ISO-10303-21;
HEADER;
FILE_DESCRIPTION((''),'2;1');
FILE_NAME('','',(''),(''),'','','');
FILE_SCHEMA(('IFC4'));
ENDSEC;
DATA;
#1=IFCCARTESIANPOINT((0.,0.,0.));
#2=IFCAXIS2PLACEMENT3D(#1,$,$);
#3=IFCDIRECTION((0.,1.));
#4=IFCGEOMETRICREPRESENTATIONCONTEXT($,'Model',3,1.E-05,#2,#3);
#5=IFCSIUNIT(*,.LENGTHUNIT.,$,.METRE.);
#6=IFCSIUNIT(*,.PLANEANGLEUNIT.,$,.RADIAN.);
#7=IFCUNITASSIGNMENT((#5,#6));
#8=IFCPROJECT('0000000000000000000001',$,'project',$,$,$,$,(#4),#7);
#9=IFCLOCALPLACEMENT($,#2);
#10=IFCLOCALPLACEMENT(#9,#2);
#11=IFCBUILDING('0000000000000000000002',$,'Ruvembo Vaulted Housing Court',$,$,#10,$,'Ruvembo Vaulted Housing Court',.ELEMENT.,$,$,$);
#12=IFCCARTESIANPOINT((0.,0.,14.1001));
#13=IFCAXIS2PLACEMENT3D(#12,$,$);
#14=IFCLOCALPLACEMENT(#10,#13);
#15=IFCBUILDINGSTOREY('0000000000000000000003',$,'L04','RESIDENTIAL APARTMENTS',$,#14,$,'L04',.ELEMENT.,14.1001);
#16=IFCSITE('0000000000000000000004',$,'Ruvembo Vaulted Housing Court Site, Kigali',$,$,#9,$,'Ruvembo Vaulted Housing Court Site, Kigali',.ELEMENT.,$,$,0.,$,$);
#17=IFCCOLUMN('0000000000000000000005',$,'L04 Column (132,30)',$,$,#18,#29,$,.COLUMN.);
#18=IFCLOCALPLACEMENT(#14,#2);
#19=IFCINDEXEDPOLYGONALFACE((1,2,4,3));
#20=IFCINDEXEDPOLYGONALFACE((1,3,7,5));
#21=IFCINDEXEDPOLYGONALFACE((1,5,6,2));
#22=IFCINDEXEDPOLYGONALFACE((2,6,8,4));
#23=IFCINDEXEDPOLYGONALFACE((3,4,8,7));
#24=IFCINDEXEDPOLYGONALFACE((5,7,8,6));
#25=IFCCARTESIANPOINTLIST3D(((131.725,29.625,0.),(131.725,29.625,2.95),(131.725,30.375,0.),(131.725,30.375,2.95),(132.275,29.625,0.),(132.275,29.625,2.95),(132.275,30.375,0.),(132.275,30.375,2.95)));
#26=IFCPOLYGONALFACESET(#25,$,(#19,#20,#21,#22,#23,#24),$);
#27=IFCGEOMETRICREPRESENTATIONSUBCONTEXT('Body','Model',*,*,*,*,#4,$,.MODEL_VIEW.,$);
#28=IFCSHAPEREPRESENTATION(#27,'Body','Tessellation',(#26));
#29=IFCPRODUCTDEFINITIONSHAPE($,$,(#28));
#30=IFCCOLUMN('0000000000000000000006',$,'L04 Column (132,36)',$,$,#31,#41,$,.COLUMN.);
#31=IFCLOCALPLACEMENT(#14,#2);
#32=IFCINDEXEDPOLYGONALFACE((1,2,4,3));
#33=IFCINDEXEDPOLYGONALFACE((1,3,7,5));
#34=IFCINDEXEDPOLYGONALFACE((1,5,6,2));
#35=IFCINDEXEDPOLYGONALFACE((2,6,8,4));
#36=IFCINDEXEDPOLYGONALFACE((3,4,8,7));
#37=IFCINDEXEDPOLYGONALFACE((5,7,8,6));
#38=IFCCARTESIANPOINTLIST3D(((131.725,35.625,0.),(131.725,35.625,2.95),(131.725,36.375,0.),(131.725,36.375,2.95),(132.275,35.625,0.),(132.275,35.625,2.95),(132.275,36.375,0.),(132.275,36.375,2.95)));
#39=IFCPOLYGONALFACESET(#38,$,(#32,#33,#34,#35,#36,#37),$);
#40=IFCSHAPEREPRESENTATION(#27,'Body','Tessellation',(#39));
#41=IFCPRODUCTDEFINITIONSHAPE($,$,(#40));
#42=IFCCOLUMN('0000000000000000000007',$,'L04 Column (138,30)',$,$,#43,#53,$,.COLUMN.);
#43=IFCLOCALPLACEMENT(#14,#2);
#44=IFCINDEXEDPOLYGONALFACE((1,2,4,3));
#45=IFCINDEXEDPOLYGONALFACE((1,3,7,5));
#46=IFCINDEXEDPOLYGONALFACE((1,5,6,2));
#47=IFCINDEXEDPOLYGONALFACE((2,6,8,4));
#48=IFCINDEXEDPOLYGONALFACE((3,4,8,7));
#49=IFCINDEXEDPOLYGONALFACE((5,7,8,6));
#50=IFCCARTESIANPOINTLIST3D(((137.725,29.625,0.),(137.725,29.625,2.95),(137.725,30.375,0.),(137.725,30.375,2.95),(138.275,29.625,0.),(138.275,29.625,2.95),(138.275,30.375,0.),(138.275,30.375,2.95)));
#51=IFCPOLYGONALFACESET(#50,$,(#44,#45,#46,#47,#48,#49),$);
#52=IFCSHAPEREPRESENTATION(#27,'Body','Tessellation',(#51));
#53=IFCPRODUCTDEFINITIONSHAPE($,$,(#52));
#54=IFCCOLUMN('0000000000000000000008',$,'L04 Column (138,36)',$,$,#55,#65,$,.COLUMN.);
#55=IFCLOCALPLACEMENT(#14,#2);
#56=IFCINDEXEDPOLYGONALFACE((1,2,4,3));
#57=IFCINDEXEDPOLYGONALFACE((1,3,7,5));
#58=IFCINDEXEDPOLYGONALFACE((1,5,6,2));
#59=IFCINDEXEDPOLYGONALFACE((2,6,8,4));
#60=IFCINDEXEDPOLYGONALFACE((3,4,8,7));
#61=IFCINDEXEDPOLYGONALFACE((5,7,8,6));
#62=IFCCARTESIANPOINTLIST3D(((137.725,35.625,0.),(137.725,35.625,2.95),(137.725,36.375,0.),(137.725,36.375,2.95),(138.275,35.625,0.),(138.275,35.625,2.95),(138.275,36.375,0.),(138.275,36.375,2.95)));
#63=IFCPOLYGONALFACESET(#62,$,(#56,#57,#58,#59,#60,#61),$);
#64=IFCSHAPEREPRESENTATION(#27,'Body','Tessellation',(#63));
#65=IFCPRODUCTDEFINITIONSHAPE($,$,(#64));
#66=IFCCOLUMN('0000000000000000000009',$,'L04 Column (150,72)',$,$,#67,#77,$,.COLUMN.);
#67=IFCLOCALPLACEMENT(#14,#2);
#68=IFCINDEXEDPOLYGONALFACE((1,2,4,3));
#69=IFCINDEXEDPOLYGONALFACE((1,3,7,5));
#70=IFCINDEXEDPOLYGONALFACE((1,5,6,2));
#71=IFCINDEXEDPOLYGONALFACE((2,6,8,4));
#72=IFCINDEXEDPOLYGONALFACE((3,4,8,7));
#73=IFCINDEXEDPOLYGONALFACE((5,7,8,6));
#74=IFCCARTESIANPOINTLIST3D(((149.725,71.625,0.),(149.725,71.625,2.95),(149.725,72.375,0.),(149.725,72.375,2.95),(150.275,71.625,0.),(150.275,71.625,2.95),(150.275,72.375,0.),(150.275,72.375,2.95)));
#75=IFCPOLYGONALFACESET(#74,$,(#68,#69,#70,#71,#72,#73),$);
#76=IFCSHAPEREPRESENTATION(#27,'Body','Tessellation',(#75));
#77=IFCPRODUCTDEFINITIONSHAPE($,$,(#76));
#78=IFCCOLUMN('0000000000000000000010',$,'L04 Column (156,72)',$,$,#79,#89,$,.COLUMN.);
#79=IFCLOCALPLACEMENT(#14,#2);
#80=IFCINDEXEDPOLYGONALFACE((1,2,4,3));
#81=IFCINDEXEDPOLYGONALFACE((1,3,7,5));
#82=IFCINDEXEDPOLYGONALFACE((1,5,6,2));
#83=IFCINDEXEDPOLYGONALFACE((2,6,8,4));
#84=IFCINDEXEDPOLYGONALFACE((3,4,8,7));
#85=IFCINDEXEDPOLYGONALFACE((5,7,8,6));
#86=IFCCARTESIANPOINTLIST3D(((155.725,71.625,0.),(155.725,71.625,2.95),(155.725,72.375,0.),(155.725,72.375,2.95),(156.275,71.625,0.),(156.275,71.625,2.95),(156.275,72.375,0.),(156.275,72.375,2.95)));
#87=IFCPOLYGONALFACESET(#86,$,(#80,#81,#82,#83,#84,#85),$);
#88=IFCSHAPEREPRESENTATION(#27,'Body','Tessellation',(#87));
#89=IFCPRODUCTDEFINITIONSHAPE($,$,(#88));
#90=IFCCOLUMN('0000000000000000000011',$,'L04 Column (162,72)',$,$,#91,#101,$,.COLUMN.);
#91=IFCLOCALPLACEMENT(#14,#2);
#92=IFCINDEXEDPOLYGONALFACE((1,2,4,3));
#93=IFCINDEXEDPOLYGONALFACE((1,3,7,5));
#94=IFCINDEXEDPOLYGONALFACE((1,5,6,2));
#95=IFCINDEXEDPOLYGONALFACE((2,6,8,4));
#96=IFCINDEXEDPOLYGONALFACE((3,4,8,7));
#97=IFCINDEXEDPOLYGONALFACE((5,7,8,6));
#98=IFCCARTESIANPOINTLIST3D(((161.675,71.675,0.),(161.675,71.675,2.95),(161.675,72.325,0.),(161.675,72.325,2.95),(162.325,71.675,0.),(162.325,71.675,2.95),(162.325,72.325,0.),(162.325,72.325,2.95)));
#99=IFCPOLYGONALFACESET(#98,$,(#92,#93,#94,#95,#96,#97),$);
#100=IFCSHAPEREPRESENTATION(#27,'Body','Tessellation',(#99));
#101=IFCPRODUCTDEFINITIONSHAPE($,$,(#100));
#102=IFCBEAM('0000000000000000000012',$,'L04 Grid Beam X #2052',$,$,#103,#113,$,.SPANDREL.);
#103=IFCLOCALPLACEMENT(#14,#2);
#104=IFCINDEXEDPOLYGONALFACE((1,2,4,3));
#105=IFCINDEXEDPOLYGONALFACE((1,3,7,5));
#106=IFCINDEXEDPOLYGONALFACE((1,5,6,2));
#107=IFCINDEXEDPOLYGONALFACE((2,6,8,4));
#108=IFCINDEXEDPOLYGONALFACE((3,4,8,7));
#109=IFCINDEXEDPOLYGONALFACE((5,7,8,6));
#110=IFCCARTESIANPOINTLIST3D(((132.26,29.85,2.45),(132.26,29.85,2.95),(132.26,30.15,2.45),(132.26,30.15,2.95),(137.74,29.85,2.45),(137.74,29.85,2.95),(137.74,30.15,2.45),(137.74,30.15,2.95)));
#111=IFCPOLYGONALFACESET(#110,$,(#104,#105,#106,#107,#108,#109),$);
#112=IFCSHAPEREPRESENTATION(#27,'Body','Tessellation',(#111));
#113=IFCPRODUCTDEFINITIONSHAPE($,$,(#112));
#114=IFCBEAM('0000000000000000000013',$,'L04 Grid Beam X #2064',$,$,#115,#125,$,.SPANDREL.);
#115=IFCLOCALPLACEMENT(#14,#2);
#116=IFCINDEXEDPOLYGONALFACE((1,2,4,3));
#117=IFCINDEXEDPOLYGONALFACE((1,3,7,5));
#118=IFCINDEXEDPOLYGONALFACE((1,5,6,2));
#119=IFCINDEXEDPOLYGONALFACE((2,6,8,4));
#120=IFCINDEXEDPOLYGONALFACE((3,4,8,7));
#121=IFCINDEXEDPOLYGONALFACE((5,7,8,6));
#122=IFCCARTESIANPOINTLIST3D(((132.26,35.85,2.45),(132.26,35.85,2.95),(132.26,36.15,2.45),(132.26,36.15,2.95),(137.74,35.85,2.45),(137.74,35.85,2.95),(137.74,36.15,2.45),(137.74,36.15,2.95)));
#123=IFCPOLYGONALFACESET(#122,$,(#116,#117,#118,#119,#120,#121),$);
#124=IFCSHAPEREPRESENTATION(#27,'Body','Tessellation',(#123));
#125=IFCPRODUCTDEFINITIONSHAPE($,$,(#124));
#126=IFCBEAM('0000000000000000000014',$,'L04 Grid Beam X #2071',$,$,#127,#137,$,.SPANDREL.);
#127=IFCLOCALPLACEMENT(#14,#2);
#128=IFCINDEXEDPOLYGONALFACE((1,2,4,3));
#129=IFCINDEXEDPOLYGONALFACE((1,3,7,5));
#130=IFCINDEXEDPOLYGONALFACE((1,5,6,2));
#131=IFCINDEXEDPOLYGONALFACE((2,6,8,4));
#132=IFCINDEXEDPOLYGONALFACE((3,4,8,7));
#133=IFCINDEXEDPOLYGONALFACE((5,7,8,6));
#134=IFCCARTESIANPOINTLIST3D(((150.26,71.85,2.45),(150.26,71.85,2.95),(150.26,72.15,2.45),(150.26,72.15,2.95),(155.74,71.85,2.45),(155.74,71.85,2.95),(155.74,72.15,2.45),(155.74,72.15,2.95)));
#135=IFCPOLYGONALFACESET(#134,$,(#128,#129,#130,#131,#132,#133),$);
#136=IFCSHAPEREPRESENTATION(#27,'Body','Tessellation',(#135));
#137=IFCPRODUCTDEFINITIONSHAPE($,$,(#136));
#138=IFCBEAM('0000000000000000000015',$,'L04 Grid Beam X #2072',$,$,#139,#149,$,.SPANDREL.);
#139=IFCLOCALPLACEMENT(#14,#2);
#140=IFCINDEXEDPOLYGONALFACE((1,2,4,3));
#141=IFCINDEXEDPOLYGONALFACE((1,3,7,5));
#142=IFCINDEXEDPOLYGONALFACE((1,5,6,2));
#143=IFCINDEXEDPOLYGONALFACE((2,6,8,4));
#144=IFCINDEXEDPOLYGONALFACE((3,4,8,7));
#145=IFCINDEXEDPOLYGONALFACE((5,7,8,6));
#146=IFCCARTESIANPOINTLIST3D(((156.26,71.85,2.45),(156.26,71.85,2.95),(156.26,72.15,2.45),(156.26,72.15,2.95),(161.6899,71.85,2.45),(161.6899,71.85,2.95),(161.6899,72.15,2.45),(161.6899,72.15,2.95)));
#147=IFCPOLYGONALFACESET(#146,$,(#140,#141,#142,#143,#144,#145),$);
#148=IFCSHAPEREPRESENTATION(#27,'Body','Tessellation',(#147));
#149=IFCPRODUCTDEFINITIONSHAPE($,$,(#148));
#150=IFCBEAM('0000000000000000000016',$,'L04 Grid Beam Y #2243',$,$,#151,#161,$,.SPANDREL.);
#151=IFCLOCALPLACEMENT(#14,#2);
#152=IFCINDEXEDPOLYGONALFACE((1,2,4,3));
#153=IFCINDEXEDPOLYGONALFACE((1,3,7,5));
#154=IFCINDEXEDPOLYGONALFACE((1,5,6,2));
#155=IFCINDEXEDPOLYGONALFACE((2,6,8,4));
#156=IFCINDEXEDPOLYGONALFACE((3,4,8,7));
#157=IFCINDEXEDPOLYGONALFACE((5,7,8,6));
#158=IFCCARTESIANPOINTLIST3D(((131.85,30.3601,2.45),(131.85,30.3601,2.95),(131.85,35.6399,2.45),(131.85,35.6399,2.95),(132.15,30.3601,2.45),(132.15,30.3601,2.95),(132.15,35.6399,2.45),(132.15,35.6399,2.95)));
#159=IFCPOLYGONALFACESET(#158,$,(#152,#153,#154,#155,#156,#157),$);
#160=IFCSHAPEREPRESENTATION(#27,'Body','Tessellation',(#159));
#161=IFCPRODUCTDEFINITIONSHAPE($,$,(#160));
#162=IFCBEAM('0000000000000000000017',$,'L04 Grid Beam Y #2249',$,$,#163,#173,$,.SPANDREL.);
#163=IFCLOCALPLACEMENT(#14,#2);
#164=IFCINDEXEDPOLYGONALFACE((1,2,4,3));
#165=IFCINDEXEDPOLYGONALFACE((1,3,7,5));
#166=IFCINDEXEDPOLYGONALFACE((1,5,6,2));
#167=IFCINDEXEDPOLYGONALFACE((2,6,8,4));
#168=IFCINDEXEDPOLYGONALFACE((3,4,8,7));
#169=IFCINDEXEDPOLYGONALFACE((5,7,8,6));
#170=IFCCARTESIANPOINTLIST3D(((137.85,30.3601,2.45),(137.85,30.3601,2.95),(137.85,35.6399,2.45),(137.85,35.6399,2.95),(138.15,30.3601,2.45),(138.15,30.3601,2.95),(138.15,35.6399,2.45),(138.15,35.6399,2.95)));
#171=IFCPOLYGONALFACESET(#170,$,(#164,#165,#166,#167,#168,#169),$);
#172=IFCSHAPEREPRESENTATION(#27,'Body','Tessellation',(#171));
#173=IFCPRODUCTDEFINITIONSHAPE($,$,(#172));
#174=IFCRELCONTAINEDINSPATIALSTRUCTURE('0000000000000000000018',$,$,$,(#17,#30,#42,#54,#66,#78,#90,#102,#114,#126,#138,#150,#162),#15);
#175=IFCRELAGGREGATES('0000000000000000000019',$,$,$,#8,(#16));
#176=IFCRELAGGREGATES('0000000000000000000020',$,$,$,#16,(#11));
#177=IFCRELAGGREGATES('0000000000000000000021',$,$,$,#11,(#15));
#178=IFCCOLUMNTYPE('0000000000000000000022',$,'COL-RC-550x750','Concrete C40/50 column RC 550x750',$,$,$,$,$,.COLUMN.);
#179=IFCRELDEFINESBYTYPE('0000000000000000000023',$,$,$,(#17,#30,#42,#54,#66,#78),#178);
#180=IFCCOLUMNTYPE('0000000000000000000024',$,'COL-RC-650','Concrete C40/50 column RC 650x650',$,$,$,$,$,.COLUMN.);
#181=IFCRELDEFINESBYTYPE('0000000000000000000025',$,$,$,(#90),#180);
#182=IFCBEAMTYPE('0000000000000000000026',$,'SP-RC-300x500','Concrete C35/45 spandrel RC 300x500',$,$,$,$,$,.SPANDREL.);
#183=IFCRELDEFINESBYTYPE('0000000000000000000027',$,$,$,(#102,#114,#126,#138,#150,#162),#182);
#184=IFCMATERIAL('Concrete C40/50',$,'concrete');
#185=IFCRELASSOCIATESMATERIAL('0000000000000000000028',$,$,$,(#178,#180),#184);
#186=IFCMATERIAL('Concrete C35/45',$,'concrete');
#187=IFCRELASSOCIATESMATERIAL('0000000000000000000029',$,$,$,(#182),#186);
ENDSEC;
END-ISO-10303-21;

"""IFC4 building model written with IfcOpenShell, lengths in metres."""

from ifc_helpers import new_model, si_unit, direction, frame, origin, origin_2d, place, context, subcontext, project, spatial, rectangle, extrude, material, material_profile, profile_set, type_object, element, save


model = new_model("IFC4")

# Units and contexts
model_context = context("Model", 3, precision=1e-05, world=origin(), true_north=direction((0.0, 1.0)))
body_context = subcontext(model_context, "Body", "Model", "MODEL_VIEW")
ifc_project = project(units=[si_unit("LENGTHUNIT", "METRE"), si_unit("PLANEANGLEUNIT", "RADIAN")], contexts=[model_context])

# Site, building, storey
site_placement = place(None, origin())
site = spatial("IfcSite", under=ifc_project, at=site_placement, Name="Ruvembo Vaulted Housing Court Site, Kigali", LongName="Ruvembo Vaulted Housing Court Site, Kigali", CompositionType="ELEMENT", RefElevation=0.0)
building_placement = place(site_placement, origin())
building = spatial("IfcBuilding", under=site, at=building_placement, Name="Ruvembo Vaulted Housing Court", LongName="Ruvembo Vaulted Housing Court", CompositionType="ELEMENT")
storey_placement = place(building_placement, frame((0.0, 0.0, 14.1001)))
storey = spatial("IfcBuildingStorey", under=building, at=storey_placement, Name="L04", Description="RESIDENTIAL APARTMENTS", LongName="L04", CompositionType="ELEMENT", Elevation=14.1001)

# Columns
ifc_material_1 = material(Name="Concrete C40/50", Category="concrete")
ifc_material_profile_1 = material_profile(ifc_material_1, rectangle(XDim=0.55, YDim=0.75, at=origin_2d()), Name="RC 550x750")
ifc_profile_set_1 = profile_set([ifc_material_profile_1], Name="Concrete C40/50")
column_type_1 = type_object("IfcColumnType", Name="COL-RC-550x750", Description="Concrete C40/50 column RC 550x750", PredefinedType="COLUMN", material=ifc_profile_set_1)
for number, where, z_axis, x_axis, name in (
    (1, (132.0, 30.0, 0.0), (0.0, 0.0, 1.0), (1.0, 0.0, 0.0), "L04 Column (132,30)"),
    (2, (132.0, 36.0, 0.0), (0.0, 0.0, 1.0), (1.0, 0.0, 0.0), "L04 Column (132,36)"),
    (3, (138.0, 30.0, 0.0), (0.0, 0.0, 1.0), (1.0, 0.0, 0.0), "L04 Column (138,30)"),
    (4, (138.0, 36.0, 0.0), (0.0, 0.0, 1.0), (1.0, 0.0, 0.0), "L04 Column (138,36)"),
    (5, (150.0, 72.0, 0.0), (0.0, 0.0, 1.0), (1.0, 0.0, 0.0), "L04 Column (150,72)"),
    (6, (156.0, 72.0, 0.0), (0.0, 0.0, 1.0), (1.0, 0.0, 0.0), "L04 Column (156,72)"),
):
    element("IfcColumn", number, at=place(storey_placement, frame(where, z_axis=z_axis, x_axis=x_axis)), inside=storey, type_object=column_type_1, Name=name, PredefinedType="COLUMN", context=body_context, shape_type="SweptSolid", body=[
        extrude(rectangle(XDim=0.55, YDim=0.75, at=origin_2d()), origin(), (0.0, 0.0, 1.0), 2.95),
    ])
ifc_material_profile_2 = material_profile(ifc_material_1, rectangle(XDim=0.6499, YDim=0.6499, at=origin_2d()), Name="RC 650x650")
ifc_profile_set_2 = profile_set([ifc_material_profile_2], Name="Concrete C40/50")
column_type_2 = type_object("IfcColumnType", Name="COL-RC-650", Description="Concrete C40/50 column RC 650x650", PredefinedType="COLUMN", material=ifc_profile_set_2)
column_placement = place(storey_placement, frame((162.0, 72.0, 0.0), z_axis=(0.0, 0.0, 1.0), x_axis=(1.0, 0.0, 0.0)))
element("IfcColumn", 7, at=column_placement, inside=storey, type_object=column_type_2, Name="L04 Column (162,72)", PredefinedType="COLUMN", context=body_context, shape_type="SweptSolid", body=[
    extrude(rectangle(XDim=0.6499, YDim=0.6499, at=origin_2d()), origin(), (0.0, 0.0, 1.0), 2.95),
])

# Beams
ifc_material_2 = material(Name="Concrete C35/45", Category="concrete")
ifc_material_profile_3 = material_profile(ifc_material_2, rectangle(XDim=0.3, YDim=0.5, at=origin_2d()), Name="RC 300x500")
ifc_profile_set_3 = profile_set([ifc_material_profile_3], Name="Concrete C35/45")
beam_type = type_object("IfcBeamType", Name="SP-RC-300x500", Description="Concrete C35/45 spandrel RC 300x500", PredefinedType="SPANDREL", material=ifc_profile_set_3)
for number, where, z_axis, x_axis, name in (
    (8, (132.26, 30.0, 2.7), (1.0, 0.0, 0.0), (0.0, 1.0, 0.0), "L04 Grid Beam X #2052"),
    (9, (132.26, 36.0, 2.7), (1.0, 0.0, 0.0), (0.0, 1.0, 0.0), "L04 Grid Beam X #2064"),
    (10, (150.26, 72.0, 2.7), (1.0, 0.0, 0.0), (0.0, 1.0, 0.0), "L04 Grid Beam X #2071"),
):
    element("IfcBeam", number, at=place(storey_placement, frame(where, z_axis=z_axis, x_axis=x_axis)), inside=storey, type_object=beam_type, Name=name, PredefinedType="SPANDREL", context=body_context, shape_type="SweptSolid", body=[
        extrude(rectangle(XDim=0.3, YDim=0.5, at=origin_2d()), origin(), (0.0, 0.0, 1.0), 5.48),
    ])
beam_placement = place(storey_placement, frame((156.26, 72.0, 2.7), z_axis=(1.0, 0.0, 0.0), x_axis=(0.0, 1.0, 0.0)))
element("IfcBeam", 11, at=beam_placement, inside=storey, type_object=beam_type, Name="L04 Grid Beam X #2072", PredefinedType="SPANDREL", context=body_context, shape_type="SweptSolid", body=[
    extrude(rectangle(XDim=0.3, YDim=0.5, at=origin_2d()), origin(), (0.0, 0.0, 1.0), 5.4299),
])
for number, where, z_axis, x_axis, name in (
    (12, (132.0, 30.3601, 2.7), (0.0, 1.0, 0.0), (-1.0, 0.0, 0.0), "L04 Grid Beam Y #2243"),
    (13, (138.0, 30.3601, 2.7), (0.0, 1.0, 0.0), (-1.0, 0.0, 0.0), "L04 Grid Beam Y #2249"),
):
    element("IfcBeam", number, at=place(storey_placement, frame(where, z_axis=z_axis, x_axis=x_axis)), inside=storey, type_object=beam_type, Name=name, PredefinedType="SPANDREL", context=body_context, shape_type="SweptSolid", body=[
        extrude(rectangle(XDim=0.3, YDim=0.5, at=origin_2d()), origin(), (0.0, 0.0, 1.0), 5.2798),
    ])

save(model, "model.ifc")
